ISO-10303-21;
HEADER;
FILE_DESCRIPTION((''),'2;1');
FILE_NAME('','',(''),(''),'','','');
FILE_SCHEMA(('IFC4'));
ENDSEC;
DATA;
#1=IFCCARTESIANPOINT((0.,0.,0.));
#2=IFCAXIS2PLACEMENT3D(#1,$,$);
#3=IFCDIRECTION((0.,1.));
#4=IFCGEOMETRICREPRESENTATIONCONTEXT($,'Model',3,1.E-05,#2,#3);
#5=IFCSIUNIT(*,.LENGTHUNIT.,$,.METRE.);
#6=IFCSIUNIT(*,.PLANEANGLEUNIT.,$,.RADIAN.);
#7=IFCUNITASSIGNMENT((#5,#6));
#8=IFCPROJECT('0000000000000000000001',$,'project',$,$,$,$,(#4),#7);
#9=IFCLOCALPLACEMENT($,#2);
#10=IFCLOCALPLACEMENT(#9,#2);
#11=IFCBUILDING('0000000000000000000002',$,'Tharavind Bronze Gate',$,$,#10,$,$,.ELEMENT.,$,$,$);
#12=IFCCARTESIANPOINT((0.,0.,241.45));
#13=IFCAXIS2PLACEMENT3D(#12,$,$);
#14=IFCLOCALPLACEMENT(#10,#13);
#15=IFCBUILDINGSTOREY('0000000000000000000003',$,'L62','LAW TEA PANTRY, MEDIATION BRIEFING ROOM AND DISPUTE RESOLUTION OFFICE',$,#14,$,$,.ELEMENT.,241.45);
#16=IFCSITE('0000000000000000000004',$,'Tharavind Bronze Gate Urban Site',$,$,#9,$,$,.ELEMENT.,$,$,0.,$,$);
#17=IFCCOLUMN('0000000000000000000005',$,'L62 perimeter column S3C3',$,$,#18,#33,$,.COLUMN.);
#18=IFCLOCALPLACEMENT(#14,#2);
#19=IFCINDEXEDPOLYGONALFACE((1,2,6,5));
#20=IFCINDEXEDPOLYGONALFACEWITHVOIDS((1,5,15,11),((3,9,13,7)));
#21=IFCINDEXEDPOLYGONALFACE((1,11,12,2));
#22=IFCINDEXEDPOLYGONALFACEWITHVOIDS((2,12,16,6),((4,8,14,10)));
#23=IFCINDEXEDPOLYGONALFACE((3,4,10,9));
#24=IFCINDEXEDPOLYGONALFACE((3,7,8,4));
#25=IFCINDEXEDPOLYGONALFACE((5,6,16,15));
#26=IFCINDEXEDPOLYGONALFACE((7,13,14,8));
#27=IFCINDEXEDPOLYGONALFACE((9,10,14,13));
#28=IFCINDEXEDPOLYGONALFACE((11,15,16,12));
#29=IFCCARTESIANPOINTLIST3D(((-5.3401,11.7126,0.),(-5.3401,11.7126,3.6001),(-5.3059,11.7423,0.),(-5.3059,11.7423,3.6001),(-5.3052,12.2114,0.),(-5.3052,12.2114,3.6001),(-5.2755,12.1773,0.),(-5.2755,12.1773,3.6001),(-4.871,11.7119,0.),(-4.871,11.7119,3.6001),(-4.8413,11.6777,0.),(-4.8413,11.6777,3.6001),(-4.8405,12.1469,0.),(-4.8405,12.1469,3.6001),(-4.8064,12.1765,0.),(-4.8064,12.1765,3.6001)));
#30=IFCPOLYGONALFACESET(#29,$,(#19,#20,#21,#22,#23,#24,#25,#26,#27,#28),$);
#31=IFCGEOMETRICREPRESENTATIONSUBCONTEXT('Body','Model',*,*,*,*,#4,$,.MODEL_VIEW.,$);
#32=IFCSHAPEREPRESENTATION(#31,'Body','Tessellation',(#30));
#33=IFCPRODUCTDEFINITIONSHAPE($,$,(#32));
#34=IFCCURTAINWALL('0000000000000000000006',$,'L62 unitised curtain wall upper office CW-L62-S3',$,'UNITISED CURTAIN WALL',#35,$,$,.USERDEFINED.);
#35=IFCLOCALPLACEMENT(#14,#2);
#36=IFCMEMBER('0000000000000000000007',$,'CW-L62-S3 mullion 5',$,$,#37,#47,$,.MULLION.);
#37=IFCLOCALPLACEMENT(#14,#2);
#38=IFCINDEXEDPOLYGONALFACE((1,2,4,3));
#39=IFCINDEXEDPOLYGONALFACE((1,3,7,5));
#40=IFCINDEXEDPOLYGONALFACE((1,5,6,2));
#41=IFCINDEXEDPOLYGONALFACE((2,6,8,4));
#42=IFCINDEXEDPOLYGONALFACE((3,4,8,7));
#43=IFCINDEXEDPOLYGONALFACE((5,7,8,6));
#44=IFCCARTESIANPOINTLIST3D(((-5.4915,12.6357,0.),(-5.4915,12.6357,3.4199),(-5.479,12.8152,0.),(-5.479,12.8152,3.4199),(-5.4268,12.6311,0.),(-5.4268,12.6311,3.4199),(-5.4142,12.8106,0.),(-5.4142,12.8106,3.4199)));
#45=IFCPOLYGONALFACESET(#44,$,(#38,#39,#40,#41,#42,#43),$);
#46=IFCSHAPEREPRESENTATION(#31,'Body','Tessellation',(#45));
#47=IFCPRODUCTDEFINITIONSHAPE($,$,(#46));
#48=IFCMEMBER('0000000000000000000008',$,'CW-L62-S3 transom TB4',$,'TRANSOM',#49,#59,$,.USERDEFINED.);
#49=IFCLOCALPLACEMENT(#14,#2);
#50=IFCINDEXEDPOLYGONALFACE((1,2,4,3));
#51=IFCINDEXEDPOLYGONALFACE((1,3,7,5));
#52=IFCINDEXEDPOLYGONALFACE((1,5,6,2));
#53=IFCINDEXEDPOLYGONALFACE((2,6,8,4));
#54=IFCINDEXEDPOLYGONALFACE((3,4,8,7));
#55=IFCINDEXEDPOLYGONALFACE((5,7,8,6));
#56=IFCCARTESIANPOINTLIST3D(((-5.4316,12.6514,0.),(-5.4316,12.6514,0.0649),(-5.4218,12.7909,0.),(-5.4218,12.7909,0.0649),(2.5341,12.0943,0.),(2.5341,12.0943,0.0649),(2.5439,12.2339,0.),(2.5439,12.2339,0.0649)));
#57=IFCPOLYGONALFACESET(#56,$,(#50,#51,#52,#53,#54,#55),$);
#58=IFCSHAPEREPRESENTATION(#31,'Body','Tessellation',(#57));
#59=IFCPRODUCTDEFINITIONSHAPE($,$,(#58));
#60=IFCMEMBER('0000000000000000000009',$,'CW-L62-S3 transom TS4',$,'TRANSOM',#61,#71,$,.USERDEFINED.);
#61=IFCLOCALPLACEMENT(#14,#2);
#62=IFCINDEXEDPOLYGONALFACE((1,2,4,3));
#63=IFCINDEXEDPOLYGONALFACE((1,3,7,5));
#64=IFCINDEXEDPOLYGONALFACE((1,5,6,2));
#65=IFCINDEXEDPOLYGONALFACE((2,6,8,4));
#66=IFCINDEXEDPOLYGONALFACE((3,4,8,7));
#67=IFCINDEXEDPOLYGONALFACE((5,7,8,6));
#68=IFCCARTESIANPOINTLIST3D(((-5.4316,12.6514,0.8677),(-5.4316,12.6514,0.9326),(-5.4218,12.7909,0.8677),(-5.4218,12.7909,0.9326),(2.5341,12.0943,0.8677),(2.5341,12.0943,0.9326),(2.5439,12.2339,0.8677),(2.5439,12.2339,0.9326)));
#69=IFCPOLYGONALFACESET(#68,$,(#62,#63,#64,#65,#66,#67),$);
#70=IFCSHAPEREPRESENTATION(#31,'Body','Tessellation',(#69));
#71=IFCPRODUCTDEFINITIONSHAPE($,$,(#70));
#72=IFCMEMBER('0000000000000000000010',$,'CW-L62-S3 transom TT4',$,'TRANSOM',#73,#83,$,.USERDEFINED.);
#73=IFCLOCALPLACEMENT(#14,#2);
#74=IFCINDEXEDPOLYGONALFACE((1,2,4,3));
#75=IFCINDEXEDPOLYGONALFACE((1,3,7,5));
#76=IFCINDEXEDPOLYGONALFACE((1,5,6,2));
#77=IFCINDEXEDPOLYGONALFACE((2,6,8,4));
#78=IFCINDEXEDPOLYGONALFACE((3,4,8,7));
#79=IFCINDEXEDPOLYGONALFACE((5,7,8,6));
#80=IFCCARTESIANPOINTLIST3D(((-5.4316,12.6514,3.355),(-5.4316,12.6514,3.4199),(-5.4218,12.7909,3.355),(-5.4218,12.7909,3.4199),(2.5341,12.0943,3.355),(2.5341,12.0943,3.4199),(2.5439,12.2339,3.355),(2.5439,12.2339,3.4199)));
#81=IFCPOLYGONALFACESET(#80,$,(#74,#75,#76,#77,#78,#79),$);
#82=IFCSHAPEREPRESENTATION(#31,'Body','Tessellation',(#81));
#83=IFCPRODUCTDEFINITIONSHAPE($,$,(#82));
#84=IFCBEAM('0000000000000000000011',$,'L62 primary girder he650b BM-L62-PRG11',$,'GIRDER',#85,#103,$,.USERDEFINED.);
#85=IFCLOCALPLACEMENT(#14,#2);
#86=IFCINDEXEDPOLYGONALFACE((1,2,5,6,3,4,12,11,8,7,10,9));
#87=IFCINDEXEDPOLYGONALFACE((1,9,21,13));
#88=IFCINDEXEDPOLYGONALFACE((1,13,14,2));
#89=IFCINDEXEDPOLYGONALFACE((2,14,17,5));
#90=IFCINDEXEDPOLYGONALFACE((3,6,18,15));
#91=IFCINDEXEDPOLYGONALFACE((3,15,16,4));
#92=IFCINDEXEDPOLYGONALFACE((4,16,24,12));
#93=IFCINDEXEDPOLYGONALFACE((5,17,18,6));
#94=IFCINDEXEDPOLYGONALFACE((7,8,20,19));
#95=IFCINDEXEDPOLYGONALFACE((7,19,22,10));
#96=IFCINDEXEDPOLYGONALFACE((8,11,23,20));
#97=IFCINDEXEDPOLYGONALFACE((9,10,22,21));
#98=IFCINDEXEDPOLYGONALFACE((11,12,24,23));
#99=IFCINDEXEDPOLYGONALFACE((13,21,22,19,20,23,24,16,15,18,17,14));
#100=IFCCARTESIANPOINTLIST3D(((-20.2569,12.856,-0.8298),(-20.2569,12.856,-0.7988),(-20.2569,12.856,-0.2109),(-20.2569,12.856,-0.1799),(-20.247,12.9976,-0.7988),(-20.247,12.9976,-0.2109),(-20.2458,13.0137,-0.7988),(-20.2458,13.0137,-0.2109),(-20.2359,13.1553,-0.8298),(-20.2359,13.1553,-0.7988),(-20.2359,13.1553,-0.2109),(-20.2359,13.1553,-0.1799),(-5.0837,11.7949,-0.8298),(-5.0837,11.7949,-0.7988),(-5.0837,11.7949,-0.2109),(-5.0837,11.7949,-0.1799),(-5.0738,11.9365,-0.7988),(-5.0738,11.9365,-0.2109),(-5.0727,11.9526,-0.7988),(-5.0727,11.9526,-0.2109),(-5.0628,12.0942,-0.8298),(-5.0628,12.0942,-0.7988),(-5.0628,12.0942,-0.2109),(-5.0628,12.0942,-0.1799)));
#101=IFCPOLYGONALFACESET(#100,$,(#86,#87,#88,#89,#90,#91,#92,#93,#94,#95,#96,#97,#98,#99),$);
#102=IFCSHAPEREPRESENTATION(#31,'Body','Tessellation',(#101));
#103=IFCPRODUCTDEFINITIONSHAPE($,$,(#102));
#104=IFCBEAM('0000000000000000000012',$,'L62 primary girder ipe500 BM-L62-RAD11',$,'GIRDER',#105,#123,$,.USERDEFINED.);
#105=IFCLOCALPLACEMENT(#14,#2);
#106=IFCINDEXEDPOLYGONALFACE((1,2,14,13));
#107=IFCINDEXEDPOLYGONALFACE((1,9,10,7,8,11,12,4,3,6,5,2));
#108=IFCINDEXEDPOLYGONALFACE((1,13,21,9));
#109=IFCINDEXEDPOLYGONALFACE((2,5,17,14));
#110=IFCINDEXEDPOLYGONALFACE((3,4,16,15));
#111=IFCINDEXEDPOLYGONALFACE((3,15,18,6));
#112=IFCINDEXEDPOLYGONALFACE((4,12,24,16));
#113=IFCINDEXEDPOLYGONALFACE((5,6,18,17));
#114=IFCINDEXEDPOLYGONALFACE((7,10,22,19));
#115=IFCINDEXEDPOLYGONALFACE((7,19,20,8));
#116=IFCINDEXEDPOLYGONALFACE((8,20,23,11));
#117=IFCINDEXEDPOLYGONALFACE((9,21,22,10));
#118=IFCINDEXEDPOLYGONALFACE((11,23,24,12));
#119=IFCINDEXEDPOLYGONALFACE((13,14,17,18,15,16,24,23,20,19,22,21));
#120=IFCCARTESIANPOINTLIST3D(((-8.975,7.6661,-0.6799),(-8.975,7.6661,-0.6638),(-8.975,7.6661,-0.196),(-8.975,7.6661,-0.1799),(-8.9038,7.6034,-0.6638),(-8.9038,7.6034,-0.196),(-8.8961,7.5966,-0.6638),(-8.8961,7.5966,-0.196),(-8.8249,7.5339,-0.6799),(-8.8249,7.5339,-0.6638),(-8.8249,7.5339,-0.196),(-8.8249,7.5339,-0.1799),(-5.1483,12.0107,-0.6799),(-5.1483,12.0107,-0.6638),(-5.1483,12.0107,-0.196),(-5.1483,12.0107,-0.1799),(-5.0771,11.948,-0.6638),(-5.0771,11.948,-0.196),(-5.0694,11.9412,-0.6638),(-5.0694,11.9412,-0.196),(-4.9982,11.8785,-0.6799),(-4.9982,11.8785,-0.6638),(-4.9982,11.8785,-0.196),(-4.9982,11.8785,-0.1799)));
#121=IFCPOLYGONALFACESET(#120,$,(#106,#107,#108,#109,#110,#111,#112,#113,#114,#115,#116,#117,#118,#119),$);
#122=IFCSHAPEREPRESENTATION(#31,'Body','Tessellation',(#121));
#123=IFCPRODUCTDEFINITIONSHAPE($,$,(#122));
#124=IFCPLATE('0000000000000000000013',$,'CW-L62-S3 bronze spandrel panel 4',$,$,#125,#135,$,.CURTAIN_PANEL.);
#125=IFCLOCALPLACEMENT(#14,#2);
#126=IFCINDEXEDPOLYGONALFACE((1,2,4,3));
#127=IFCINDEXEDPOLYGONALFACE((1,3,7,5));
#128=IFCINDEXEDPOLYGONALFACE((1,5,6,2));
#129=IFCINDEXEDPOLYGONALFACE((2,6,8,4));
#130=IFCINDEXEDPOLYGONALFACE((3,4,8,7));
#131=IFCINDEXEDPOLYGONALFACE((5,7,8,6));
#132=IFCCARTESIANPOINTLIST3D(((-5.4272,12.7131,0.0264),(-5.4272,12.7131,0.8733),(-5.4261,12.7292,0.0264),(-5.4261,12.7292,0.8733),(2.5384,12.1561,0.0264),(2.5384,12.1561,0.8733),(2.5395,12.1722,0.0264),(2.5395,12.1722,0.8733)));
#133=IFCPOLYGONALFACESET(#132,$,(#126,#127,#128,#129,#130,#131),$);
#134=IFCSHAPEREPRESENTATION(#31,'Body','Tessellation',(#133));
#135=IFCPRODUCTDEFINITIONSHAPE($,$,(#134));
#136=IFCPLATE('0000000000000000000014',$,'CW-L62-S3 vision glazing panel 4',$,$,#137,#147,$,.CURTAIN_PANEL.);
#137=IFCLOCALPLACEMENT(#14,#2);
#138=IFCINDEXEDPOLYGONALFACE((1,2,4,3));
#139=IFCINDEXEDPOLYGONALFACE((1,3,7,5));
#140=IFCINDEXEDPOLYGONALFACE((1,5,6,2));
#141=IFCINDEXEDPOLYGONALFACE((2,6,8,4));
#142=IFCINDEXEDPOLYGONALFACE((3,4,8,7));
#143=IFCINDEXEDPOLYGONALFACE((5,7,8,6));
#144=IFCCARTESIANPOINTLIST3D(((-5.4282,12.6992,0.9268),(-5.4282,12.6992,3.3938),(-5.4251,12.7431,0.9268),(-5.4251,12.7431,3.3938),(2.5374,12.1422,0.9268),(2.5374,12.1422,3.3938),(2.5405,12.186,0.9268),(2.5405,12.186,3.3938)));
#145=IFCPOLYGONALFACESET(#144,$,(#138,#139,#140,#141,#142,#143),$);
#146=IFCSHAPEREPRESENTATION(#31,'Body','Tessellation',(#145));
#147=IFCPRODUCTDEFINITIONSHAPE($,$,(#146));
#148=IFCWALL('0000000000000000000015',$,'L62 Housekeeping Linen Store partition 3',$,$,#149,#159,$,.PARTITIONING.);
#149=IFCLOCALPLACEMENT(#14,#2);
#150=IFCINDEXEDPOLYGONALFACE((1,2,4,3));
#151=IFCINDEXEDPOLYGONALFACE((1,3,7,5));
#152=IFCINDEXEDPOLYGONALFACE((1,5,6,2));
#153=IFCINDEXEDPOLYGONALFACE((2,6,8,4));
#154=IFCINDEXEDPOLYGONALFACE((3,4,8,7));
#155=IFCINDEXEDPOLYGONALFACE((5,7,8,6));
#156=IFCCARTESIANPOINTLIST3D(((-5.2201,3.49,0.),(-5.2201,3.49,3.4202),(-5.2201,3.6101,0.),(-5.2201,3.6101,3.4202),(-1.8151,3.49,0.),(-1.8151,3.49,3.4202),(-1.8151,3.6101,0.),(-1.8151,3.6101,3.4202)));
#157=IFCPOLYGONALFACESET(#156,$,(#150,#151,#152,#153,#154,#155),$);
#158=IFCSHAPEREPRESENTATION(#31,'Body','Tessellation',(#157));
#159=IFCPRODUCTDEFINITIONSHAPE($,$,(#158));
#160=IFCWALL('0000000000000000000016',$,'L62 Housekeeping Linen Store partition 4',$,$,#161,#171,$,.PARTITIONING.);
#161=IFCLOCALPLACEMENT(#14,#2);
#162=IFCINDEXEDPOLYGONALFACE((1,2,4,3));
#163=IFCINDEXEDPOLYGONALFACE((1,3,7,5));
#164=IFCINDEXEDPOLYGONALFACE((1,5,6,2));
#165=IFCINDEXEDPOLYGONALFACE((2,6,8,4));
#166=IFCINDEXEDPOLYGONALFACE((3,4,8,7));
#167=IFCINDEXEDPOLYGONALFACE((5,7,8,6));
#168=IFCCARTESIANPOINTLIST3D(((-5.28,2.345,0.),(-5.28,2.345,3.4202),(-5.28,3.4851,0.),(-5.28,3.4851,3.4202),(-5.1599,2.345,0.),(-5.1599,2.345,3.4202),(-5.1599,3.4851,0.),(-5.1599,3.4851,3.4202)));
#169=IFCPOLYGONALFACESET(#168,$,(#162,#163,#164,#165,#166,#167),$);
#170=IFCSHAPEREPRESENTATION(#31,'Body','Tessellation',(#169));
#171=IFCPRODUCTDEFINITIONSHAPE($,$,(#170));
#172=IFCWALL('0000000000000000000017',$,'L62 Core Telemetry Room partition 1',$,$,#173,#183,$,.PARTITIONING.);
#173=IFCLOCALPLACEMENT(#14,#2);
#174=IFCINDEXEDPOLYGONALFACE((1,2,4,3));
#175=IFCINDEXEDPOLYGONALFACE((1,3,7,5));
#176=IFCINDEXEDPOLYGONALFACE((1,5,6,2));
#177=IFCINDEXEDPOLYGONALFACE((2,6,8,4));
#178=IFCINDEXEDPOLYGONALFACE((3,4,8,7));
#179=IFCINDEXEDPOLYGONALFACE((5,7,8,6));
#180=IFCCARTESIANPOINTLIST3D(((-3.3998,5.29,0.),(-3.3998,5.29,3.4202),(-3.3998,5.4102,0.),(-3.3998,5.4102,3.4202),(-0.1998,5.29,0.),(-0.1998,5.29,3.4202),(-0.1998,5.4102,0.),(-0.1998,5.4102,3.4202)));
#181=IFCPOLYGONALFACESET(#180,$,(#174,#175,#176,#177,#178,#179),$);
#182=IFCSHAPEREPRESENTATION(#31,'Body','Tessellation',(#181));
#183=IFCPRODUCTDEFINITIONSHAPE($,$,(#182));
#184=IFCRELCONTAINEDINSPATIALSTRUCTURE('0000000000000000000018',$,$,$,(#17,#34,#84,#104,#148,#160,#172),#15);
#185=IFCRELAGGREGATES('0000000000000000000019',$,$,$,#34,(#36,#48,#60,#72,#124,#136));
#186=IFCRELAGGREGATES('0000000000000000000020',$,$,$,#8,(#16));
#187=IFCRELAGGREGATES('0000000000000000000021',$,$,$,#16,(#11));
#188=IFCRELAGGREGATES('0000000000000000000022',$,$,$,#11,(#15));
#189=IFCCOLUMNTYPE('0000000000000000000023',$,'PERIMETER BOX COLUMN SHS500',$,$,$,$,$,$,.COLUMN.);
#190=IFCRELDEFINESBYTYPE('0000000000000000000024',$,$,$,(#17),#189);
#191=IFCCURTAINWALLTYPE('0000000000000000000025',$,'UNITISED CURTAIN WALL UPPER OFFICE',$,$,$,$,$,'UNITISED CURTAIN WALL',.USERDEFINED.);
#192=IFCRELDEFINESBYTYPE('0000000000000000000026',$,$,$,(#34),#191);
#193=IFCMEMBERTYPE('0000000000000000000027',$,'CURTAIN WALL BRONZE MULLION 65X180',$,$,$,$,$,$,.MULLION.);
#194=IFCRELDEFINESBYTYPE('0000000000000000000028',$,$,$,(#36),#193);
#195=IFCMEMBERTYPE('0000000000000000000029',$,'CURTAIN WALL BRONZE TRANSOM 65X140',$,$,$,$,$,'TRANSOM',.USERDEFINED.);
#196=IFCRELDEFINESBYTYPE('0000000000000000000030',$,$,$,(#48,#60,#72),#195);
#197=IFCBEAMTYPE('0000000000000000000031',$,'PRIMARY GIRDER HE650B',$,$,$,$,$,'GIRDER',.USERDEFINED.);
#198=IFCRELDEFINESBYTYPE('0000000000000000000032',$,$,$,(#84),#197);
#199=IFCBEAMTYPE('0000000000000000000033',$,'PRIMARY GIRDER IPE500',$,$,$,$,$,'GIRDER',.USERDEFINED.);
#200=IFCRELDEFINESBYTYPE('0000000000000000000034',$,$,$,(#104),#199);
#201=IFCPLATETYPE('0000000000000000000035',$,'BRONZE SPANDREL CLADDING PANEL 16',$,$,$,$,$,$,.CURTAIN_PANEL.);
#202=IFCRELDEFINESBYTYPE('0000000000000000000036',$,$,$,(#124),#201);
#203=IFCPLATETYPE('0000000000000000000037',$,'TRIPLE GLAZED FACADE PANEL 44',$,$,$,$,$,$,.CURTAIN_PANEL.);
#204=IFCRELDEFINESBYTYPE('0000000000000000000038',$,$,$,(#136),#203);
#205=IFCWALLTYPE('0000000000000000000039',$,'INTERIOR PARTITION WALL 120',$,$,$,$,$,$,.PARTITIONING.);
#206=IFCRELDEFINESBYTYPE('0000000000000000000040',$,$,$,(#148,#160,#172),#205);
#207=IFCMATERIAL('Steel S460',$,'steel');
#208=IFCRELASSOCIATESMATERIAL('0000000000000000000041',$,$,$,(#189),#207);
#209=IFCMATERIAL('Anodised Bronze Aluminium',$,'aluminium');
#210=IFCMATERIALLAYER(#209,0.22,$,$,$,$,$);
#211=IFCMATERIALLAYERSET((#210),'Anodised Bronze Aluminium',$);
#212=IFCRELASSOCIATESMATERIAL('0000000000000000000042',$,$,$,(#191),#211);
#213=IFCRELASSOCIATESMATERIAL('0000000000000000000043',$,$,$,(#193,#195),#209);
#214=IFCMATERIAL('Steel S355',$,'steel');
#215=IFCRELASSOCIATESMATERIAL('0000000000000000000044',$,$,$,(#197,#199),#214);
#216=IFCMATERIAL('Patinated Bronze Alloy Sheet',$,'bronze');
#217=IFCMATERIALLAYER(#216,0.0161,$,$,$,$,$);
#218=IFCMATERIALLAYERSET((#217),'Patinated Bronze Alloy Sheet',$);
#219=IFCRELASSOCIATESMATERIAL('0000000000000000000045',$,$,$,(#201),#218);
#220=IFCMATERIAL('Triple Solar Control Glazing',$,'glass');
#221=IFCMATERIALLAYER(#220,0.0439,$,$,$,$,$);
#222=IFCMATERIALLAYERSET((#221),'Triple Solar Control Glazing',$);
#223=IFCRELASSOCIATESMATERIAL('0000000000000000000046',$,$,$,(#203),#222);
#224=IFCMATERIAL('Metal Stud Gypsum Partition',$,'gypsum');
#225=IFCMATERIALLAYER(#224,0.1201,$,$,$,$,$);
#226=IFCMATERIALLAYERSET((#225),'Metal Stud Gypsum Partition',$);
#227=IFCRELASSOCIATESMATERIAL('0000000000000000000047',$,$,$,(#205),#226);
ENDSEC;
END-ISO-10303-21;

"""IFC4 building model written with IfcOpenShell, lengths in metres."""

from ifc_helpers import new_model, si_unit, direction, frame, frame_2d, origin, origin_2d, place, context, subcontext, project, spatial, rectangle, hollow_rectangle, i_section, extrude, material, layer, layer_set, material_profile, profile_set, type_object, element, aggregate, save


model = new_model("IFC4")

# Units and contexts
model_context = context("Model", 3, precision=1e-05, world=origin(), true_north=direction((0.0, 1.0)))
body_context = subcontext(model_context, "Body", "Model", "MODEL_VIEW")
ifc_project = project(units=[si_unit("LENGTHUNIT", "METRE"), si_unit("PLANEANGLEUNIT", "RADIAN")], contexts=[model_context])

# Site, building, storey
site_placement = place(None, origin())
site = spatial("IfcSite", under=ifc_project, at=site_placement, Name="Tharavind Bronze Gate Urban Site", CompositionType="ELEMENT", RefElevation=0.0)
building_placement = place(site_placement, origin())
building = spatial("IfcBuilding", under=site, at=building_placement, Name="Tharavind Bronze Gate", CompositionType="ELEMENT")
storey_placement = place(building_placement, frame((0.0, 0.0, 241.45)))
storey = spatial("IfcBuildingStorey", under=building, at=storey_placement, Name="L62", Description="LAW TEA PANTRY, MEDIATION BRIEFING ROOM AND DISPUTE RESOLUTION OFFICE", CompositionType="ELEMENT", Elevation=241.45)

# Column
ifc_material_1 = material(Name="Steel S460", Category="steel")
ifc_material_profile_1 = material_profile(ifc_material_1, hollow_rectangle(XDim=0.5, YDim=0.5, WallThickness=0.032, at=origin_2d()), Name="SHS500X32")
ifc_profile_set_1 = profile_set([ifc_material_profile_1], Name="Steel S460")
column_type = type_object("IfcColumnType", Name="PERIMETER BOX COLUMN SHS500", PredefinedType="COLUMN", material=ifc_profile_set_1)
column_placement = place(storey_placement, frame((-5.0732, 11.9446, 0.0), z_axis=(0.0, 0.0, 1.0), x_axis=(-0.997564, 0.069756, 0.0)))
element("IfcColumn", 1, at=column_placement, inside=storey, type_object=column_type, Name="L62 perimeter column S3C3", PredefinedType="COLUMN", context=body_context, shape_type="SweptSolid", body=[
    extrude(hollow_rectangle(XDim=0.5, YDim=0.5, WallThickness=0.032, at=origin_2d()), origin(), (0.0, 0.0, 1.0), 3.6001),
])

# Curtain wall, members
ifc_material_2 = material(Name="Anodised Bronze Aluminium", Category="aluminium")
ifc_layer_1 = layer(ifc_material_2, 0.22)
ifc_layer_set_1 = layer_set([ifc_layer_1], Name="Anodised Bronze Aluminium")
curtain_wall_type = type_object("IfcCurtainWallType", Name="UNITISED CURTAIN WALL UPPER OFFICE", ElementType="UNITISED CURTAIN WALL", PredefinedType="USERDEFINED", material=ifc_layer_set_1)
curtain_wall_placement = place(storey_placement, origin())
curtain_wall = element("IfcCurtainWall", 2, at=curtain_wall_placement, inside=storey, type_object=curtain_wall_type, Name="L62 unitised curtain wall upper office CW-L62-S3", ObjectType="UNITISED CURTAIN WALL", PredefinedType="USERDEFINED")
member_type_1 = type_object("IfcMemberType", Name="CURTAIN WALL BRONZE MULLION 65X180", PredefinedType="MULLION", material=ifc_material_2)
member_1_placement = place(storey_placement, frame((-5.4529, 12.7231, 0.0), z_axis=(0.0, 0.0, 1.0), x_axis=(-0.997564, 0.069758, 0.0)))
member_1 = element("IfcMember", 3, at=member_1_placement, type_object=member_type_1, Name="CW-L62-S3 mullion 5", PredefinedType="MULLION", context=body_context, shape_type="SweptSolid", body=[
    extrude(rectangle(XDim=0.0649, YDim=0.1799, at=origin_2d()), origin(), (0.0, 0.0, 1.0), 3.4199),
])
member_type_2 = type_object("IfcMemberType", Name="CURTAIN WALL BRONZE TRANSOM 65X140", ElementType="TRANSOM", PredefinedType="USERDEFINED", material=ifc_material_2)
member_2_placement = place(storey_placement, frame((-1.4438, 12.4426, 0.0), z_axis=(0.0, 0.0, 1.0), x_axis=(-0.997564, 0.069758, 0.0)))
member_2 = element("IfcMember", 4, at=member_2_placement, type_object=member_type_2, Name="CW-L62-S3 transom TB4", ObjectType="TRANSOM", PredefinedType="USERDEFINED", context=body_context, shape_type="SweptSolid", body=[
    extrude(rectangle(XDim=7.9851, YDim=0.1399, at=origin_2d()), origin(), (0.0, 0.0, 1.0), 0.0649),
])
member_3_placement = place(storey_placement, frame((-1.4438, 12.4426, 0.8677), z_axis=(0.0, 0.0, 1.0), x_axis=(-0.997564, 0.069758, 0.0)))
member_3 = element("IfcMember", 5, at=member_3_placement, type_object=member_type_2, Name="CW-L62-S3 transom TS4", ObjectType="TRANSOM", PredefinedType="USERDEFINED", context=body_context, shape_type="SweptSolid", body=[
    extrude(rectangle(XDim=7.9851, YDim=0.1399, at=origin_2d()), origin(), (0.0, 0.0, 1.0), 0.0649),
])
member_4_placement = place(storey_placement, frame((-1.4438, 12.4426, 3.355), z_axis=(0.0, 0.0, 1.0), x_axis=(-0.997564, 0.069758, 0.0)))
member_4 = element("IfcMember", 6, at=member_4_placement, type_object=member_type_2, Name="CW-L62-S3 transom TT4", ObjectType="TRANSOM", PredefinedType="USERDEFINED", context=body_context, shape_type="SweptSolid", body=[
    extrude(rectangle(XDim=7.9851, YDim=0.1399, at=origin_2d()), origin(), (0.0, 0.0, 1.0), 0.0649),
])

# Beams
ifc_material_3 = material(Name="Steel S355", Category="steel")
ifc_material_profile_2 = material_profile(ifc_material_3, i_section(OverallWidth=0.3, OverallDepth=0.6499, WebThickness=0.0161, FlangeThickness=0.031, at=origin_2d()), Name="HE650B")
ifc_profile_set_2 = profile_set([ifc_material_profile_2], Name="Steel S355")
beam_type_1 = type_object("IfcBeamType", Name="PRIMARY GIRDER HE650B", ElementType="GIRDER", PredefinedType="USERDEFINED", material=ifc_profile_set_2)
beam_1_placement = place(storey_placement, frame((-5.0732, 11.9446, -0.5049), z_axis=(-0.997564, 0.069758, 0.0), x_axis=(-0.069758, -0.997564, 0.0)))
element("IfcBeam", 7, at=beam_1_placement, inside=storey, type_object=beam_type_1, Name="L62 primary girder he650b BM-L62-PRG11", ObjectType="GIRDER", PredefinedType="USERDEFINED", context=body_context, shape_type="SweptSolid", body=[
    extrude(i_section(OverallWidth=0.3, OverallDepth=0.6499, WebThickness=0.0161, FlangeThickness=0.031, at=origin_2d()), origin(), (0.0, 0.0, 1.0), 15.2102),
])
ifc_material_profile_3 = material_profile(ifc_material_3, i_section(OverallWidth=0.2, OverallDepth=0.5, WebThickness=0.0103, FlangeThickness=0.0161, at=origin_2d()), Name="IPE500")
ifc_profile_set_3 = profile_set([ifc_material_profile_3], Name="Steel S355")
beam_type_2 = type_object("IfcBeamType", Name="PRIMARY GIRDER IPE500", ElementType="GIRDER", PredefinedType="USERDEFINED", material=ifc_profile_set_3)
beam_2_placement = place(storey_placement, frame((-5.0732, 11.9446, -0.4299), z_axis=(-0.66097, -0.750412, 0.0), x_axis=(0.750412, -0.66097, 0.0)))
element("IfcBeam", 8, at=beam_2_placement, inside=storey, type_object=beam_type_2, Name="L62 primary girder ipe500 BM-L62-RAD11", ObjectType="GIRDER", PredefinedType="USERDEFINED", context=body_context, shape_type="SweptSolid", body=[
    extrude(i_section(OverallWidth=0.2, OverallDepth=0.5, WebThickness=0.0103, FlangeThickness=0.0161, at=origin_2d()), origin(), (0.0, 0.0, 1.0), 5.7896),
])

# Plates
ifc_material_4 = material(Name="Patinated Bronze Alloy Sheet", Category="bronze")
ifc_layer_2 = layer(ifc_material_4, 0.0161)
ifc_layer_set_2 = layer_set([ifc_layer_2], Name="Patinated Bronze Alloy Sheet")
plate_type_1 = type_object("IfcPlateType", Name="BRONZE SPANDREL CLADDING PANEL 16", PredefinedType="CURTAIN_PANEL", material=ifc_layer_set_2)
plate_1_placement = place(storey_placement, frame((-1.4438, 12.4426, 0.0264), z_axis=(0.0, 0.0, 1.0), x_axis=(-0.997564, 0.069758, 0.0)))
plate_1 = element("IfcPlate", 9, at=plate_1_placement, type_object=plate_type_1, Name="CW-L62-S3 bronze spandrel panel 4", PredefinedType="CURTAIN_PANEL", context=body_context, shape_type="SweptSolid", body=[
    extrude(rectangle(XDim=7.9851, YDim=0.0161, at=origin_2d()), origin(), (0.0, 0.0, 1.0), 0.8469),
])
ifc_material_5 = material(Name="Triple Solar Control Glazing", Category="glass")
ifc_layer_3 = layer(ifc_material_5, 0.0439)
ifc_layer_set_3 = layer_set([ifc_layer_3], Name="Triple Solar Control Glazing")
plate_type_2 = type_object("IfcPlateType", Name="TRIPLE GLAZED FACADE PANEL 44", PredefinedType="CURTAIN_PANEL", material=ifc_layer_set_3)
plate_2_placement = place(storey_placement, frame((-1.4438, 12.4426, 0.9268), z_axis=(0.0, 0.0, 1.0), x_axis=(-0.997564, 0.069758, 0.0)))
plate_2 = element("IfcPlate", 10, at=plate_2_placement, type_object=plate_type_2, Name="CW-L62-S3 vision glazing panel 4", PredefinedType="CURTAIN_PANEL", context=body_context, shape_type="SweptSolid", body=[
    extrude(rectangle(XDim=7.9851, YDim=0.0439, at=origin_2d()), origin(), (0.0, 0.0, 1.0), 2.467),
])
aggregate(curtain_wall, [member_1, member_2, member_3, member_4, plate_1, plate_2])

# Walls
ifc_material_6 = material(Name="Metal Stud Gypsum Partition", Category="gypsum")
ifc_layer_4 = layer(ifc_material_6, 0.1201)
ifc_layer_set_4 = layer_set([ifc_layer_4], Name="Metal Stud Gypsum Partition")
wall_type_1 = type_object("IfcWallType", Name="INTERIOR PARTITION WALL 120", PredefinedType="PARTITIONING", material=ifc_layer_set_4)
wall_1_placement = place(storey_placement, frame((-1.8149, 3.55, 0.0), z_axis=(0.0, 0.0, 1.0), x_axis=(-1.0, 0.0, 0.0)))
element("IfcWall", 11, at=wall_1_placement, inside=storey, type_object=wall_type_1, Name="L62 Housekeeping Linen Store partition 3", PredefinedType="PARTITIONING", context=body_context, shape_type="SweptSolid", body=[
    extrude(rectangle(XDim=3.405, YDim=0.1201, at=frame_2d((1.7026, 0.0))), origin(), (0.0, 0.0, 1.0), 3.4202),
])
wall_2_placement = place(storey_placement, frame((-5.22, 3.4851, 0.0), z_axis=(0.0, 0.0, 1.0), x_axis=(0.0, -1.0, 0.0)))
element("IfcWall", 12, at=wall_2_placement, inside=storey, type_object=wall_type_1, Name="L62 Housekeeping Linen Store partition 4", PredefinedType="PARTITIONING", context=body_context, shape_type="SweptSolid", body=[
    extrude(rectangle(XDim=1.1401, YDim=0.1201, at=frame_2d((0.5701, 0.0))), origin(), (0.0, 0.0, 1.0), 3.4202),
])
wall_3_placement = place(storey_placement, frame((-3.3999, 5.3501, 0.0), z_axis=(0.0, 0.0, 1.0), x_axis=(1.0, 0.0, 0.0)))
element("IfcWall", 13, at=wall_3_placement, inside=storey, type_object=wall_type_1, Name="L62 Core Telemetry Room partition 1", PredefinedType="PARTITIONING", context=body_context, shape_type="SweptSolid", body=[
    extrude(rectangle(XDim=3.2, YDim=0.1201, at=frame_2d((1.6001, 0.0))), origin(), (0.0, 0.0, 1.0), 3.4202),
])

save(model, "model.ifc")
